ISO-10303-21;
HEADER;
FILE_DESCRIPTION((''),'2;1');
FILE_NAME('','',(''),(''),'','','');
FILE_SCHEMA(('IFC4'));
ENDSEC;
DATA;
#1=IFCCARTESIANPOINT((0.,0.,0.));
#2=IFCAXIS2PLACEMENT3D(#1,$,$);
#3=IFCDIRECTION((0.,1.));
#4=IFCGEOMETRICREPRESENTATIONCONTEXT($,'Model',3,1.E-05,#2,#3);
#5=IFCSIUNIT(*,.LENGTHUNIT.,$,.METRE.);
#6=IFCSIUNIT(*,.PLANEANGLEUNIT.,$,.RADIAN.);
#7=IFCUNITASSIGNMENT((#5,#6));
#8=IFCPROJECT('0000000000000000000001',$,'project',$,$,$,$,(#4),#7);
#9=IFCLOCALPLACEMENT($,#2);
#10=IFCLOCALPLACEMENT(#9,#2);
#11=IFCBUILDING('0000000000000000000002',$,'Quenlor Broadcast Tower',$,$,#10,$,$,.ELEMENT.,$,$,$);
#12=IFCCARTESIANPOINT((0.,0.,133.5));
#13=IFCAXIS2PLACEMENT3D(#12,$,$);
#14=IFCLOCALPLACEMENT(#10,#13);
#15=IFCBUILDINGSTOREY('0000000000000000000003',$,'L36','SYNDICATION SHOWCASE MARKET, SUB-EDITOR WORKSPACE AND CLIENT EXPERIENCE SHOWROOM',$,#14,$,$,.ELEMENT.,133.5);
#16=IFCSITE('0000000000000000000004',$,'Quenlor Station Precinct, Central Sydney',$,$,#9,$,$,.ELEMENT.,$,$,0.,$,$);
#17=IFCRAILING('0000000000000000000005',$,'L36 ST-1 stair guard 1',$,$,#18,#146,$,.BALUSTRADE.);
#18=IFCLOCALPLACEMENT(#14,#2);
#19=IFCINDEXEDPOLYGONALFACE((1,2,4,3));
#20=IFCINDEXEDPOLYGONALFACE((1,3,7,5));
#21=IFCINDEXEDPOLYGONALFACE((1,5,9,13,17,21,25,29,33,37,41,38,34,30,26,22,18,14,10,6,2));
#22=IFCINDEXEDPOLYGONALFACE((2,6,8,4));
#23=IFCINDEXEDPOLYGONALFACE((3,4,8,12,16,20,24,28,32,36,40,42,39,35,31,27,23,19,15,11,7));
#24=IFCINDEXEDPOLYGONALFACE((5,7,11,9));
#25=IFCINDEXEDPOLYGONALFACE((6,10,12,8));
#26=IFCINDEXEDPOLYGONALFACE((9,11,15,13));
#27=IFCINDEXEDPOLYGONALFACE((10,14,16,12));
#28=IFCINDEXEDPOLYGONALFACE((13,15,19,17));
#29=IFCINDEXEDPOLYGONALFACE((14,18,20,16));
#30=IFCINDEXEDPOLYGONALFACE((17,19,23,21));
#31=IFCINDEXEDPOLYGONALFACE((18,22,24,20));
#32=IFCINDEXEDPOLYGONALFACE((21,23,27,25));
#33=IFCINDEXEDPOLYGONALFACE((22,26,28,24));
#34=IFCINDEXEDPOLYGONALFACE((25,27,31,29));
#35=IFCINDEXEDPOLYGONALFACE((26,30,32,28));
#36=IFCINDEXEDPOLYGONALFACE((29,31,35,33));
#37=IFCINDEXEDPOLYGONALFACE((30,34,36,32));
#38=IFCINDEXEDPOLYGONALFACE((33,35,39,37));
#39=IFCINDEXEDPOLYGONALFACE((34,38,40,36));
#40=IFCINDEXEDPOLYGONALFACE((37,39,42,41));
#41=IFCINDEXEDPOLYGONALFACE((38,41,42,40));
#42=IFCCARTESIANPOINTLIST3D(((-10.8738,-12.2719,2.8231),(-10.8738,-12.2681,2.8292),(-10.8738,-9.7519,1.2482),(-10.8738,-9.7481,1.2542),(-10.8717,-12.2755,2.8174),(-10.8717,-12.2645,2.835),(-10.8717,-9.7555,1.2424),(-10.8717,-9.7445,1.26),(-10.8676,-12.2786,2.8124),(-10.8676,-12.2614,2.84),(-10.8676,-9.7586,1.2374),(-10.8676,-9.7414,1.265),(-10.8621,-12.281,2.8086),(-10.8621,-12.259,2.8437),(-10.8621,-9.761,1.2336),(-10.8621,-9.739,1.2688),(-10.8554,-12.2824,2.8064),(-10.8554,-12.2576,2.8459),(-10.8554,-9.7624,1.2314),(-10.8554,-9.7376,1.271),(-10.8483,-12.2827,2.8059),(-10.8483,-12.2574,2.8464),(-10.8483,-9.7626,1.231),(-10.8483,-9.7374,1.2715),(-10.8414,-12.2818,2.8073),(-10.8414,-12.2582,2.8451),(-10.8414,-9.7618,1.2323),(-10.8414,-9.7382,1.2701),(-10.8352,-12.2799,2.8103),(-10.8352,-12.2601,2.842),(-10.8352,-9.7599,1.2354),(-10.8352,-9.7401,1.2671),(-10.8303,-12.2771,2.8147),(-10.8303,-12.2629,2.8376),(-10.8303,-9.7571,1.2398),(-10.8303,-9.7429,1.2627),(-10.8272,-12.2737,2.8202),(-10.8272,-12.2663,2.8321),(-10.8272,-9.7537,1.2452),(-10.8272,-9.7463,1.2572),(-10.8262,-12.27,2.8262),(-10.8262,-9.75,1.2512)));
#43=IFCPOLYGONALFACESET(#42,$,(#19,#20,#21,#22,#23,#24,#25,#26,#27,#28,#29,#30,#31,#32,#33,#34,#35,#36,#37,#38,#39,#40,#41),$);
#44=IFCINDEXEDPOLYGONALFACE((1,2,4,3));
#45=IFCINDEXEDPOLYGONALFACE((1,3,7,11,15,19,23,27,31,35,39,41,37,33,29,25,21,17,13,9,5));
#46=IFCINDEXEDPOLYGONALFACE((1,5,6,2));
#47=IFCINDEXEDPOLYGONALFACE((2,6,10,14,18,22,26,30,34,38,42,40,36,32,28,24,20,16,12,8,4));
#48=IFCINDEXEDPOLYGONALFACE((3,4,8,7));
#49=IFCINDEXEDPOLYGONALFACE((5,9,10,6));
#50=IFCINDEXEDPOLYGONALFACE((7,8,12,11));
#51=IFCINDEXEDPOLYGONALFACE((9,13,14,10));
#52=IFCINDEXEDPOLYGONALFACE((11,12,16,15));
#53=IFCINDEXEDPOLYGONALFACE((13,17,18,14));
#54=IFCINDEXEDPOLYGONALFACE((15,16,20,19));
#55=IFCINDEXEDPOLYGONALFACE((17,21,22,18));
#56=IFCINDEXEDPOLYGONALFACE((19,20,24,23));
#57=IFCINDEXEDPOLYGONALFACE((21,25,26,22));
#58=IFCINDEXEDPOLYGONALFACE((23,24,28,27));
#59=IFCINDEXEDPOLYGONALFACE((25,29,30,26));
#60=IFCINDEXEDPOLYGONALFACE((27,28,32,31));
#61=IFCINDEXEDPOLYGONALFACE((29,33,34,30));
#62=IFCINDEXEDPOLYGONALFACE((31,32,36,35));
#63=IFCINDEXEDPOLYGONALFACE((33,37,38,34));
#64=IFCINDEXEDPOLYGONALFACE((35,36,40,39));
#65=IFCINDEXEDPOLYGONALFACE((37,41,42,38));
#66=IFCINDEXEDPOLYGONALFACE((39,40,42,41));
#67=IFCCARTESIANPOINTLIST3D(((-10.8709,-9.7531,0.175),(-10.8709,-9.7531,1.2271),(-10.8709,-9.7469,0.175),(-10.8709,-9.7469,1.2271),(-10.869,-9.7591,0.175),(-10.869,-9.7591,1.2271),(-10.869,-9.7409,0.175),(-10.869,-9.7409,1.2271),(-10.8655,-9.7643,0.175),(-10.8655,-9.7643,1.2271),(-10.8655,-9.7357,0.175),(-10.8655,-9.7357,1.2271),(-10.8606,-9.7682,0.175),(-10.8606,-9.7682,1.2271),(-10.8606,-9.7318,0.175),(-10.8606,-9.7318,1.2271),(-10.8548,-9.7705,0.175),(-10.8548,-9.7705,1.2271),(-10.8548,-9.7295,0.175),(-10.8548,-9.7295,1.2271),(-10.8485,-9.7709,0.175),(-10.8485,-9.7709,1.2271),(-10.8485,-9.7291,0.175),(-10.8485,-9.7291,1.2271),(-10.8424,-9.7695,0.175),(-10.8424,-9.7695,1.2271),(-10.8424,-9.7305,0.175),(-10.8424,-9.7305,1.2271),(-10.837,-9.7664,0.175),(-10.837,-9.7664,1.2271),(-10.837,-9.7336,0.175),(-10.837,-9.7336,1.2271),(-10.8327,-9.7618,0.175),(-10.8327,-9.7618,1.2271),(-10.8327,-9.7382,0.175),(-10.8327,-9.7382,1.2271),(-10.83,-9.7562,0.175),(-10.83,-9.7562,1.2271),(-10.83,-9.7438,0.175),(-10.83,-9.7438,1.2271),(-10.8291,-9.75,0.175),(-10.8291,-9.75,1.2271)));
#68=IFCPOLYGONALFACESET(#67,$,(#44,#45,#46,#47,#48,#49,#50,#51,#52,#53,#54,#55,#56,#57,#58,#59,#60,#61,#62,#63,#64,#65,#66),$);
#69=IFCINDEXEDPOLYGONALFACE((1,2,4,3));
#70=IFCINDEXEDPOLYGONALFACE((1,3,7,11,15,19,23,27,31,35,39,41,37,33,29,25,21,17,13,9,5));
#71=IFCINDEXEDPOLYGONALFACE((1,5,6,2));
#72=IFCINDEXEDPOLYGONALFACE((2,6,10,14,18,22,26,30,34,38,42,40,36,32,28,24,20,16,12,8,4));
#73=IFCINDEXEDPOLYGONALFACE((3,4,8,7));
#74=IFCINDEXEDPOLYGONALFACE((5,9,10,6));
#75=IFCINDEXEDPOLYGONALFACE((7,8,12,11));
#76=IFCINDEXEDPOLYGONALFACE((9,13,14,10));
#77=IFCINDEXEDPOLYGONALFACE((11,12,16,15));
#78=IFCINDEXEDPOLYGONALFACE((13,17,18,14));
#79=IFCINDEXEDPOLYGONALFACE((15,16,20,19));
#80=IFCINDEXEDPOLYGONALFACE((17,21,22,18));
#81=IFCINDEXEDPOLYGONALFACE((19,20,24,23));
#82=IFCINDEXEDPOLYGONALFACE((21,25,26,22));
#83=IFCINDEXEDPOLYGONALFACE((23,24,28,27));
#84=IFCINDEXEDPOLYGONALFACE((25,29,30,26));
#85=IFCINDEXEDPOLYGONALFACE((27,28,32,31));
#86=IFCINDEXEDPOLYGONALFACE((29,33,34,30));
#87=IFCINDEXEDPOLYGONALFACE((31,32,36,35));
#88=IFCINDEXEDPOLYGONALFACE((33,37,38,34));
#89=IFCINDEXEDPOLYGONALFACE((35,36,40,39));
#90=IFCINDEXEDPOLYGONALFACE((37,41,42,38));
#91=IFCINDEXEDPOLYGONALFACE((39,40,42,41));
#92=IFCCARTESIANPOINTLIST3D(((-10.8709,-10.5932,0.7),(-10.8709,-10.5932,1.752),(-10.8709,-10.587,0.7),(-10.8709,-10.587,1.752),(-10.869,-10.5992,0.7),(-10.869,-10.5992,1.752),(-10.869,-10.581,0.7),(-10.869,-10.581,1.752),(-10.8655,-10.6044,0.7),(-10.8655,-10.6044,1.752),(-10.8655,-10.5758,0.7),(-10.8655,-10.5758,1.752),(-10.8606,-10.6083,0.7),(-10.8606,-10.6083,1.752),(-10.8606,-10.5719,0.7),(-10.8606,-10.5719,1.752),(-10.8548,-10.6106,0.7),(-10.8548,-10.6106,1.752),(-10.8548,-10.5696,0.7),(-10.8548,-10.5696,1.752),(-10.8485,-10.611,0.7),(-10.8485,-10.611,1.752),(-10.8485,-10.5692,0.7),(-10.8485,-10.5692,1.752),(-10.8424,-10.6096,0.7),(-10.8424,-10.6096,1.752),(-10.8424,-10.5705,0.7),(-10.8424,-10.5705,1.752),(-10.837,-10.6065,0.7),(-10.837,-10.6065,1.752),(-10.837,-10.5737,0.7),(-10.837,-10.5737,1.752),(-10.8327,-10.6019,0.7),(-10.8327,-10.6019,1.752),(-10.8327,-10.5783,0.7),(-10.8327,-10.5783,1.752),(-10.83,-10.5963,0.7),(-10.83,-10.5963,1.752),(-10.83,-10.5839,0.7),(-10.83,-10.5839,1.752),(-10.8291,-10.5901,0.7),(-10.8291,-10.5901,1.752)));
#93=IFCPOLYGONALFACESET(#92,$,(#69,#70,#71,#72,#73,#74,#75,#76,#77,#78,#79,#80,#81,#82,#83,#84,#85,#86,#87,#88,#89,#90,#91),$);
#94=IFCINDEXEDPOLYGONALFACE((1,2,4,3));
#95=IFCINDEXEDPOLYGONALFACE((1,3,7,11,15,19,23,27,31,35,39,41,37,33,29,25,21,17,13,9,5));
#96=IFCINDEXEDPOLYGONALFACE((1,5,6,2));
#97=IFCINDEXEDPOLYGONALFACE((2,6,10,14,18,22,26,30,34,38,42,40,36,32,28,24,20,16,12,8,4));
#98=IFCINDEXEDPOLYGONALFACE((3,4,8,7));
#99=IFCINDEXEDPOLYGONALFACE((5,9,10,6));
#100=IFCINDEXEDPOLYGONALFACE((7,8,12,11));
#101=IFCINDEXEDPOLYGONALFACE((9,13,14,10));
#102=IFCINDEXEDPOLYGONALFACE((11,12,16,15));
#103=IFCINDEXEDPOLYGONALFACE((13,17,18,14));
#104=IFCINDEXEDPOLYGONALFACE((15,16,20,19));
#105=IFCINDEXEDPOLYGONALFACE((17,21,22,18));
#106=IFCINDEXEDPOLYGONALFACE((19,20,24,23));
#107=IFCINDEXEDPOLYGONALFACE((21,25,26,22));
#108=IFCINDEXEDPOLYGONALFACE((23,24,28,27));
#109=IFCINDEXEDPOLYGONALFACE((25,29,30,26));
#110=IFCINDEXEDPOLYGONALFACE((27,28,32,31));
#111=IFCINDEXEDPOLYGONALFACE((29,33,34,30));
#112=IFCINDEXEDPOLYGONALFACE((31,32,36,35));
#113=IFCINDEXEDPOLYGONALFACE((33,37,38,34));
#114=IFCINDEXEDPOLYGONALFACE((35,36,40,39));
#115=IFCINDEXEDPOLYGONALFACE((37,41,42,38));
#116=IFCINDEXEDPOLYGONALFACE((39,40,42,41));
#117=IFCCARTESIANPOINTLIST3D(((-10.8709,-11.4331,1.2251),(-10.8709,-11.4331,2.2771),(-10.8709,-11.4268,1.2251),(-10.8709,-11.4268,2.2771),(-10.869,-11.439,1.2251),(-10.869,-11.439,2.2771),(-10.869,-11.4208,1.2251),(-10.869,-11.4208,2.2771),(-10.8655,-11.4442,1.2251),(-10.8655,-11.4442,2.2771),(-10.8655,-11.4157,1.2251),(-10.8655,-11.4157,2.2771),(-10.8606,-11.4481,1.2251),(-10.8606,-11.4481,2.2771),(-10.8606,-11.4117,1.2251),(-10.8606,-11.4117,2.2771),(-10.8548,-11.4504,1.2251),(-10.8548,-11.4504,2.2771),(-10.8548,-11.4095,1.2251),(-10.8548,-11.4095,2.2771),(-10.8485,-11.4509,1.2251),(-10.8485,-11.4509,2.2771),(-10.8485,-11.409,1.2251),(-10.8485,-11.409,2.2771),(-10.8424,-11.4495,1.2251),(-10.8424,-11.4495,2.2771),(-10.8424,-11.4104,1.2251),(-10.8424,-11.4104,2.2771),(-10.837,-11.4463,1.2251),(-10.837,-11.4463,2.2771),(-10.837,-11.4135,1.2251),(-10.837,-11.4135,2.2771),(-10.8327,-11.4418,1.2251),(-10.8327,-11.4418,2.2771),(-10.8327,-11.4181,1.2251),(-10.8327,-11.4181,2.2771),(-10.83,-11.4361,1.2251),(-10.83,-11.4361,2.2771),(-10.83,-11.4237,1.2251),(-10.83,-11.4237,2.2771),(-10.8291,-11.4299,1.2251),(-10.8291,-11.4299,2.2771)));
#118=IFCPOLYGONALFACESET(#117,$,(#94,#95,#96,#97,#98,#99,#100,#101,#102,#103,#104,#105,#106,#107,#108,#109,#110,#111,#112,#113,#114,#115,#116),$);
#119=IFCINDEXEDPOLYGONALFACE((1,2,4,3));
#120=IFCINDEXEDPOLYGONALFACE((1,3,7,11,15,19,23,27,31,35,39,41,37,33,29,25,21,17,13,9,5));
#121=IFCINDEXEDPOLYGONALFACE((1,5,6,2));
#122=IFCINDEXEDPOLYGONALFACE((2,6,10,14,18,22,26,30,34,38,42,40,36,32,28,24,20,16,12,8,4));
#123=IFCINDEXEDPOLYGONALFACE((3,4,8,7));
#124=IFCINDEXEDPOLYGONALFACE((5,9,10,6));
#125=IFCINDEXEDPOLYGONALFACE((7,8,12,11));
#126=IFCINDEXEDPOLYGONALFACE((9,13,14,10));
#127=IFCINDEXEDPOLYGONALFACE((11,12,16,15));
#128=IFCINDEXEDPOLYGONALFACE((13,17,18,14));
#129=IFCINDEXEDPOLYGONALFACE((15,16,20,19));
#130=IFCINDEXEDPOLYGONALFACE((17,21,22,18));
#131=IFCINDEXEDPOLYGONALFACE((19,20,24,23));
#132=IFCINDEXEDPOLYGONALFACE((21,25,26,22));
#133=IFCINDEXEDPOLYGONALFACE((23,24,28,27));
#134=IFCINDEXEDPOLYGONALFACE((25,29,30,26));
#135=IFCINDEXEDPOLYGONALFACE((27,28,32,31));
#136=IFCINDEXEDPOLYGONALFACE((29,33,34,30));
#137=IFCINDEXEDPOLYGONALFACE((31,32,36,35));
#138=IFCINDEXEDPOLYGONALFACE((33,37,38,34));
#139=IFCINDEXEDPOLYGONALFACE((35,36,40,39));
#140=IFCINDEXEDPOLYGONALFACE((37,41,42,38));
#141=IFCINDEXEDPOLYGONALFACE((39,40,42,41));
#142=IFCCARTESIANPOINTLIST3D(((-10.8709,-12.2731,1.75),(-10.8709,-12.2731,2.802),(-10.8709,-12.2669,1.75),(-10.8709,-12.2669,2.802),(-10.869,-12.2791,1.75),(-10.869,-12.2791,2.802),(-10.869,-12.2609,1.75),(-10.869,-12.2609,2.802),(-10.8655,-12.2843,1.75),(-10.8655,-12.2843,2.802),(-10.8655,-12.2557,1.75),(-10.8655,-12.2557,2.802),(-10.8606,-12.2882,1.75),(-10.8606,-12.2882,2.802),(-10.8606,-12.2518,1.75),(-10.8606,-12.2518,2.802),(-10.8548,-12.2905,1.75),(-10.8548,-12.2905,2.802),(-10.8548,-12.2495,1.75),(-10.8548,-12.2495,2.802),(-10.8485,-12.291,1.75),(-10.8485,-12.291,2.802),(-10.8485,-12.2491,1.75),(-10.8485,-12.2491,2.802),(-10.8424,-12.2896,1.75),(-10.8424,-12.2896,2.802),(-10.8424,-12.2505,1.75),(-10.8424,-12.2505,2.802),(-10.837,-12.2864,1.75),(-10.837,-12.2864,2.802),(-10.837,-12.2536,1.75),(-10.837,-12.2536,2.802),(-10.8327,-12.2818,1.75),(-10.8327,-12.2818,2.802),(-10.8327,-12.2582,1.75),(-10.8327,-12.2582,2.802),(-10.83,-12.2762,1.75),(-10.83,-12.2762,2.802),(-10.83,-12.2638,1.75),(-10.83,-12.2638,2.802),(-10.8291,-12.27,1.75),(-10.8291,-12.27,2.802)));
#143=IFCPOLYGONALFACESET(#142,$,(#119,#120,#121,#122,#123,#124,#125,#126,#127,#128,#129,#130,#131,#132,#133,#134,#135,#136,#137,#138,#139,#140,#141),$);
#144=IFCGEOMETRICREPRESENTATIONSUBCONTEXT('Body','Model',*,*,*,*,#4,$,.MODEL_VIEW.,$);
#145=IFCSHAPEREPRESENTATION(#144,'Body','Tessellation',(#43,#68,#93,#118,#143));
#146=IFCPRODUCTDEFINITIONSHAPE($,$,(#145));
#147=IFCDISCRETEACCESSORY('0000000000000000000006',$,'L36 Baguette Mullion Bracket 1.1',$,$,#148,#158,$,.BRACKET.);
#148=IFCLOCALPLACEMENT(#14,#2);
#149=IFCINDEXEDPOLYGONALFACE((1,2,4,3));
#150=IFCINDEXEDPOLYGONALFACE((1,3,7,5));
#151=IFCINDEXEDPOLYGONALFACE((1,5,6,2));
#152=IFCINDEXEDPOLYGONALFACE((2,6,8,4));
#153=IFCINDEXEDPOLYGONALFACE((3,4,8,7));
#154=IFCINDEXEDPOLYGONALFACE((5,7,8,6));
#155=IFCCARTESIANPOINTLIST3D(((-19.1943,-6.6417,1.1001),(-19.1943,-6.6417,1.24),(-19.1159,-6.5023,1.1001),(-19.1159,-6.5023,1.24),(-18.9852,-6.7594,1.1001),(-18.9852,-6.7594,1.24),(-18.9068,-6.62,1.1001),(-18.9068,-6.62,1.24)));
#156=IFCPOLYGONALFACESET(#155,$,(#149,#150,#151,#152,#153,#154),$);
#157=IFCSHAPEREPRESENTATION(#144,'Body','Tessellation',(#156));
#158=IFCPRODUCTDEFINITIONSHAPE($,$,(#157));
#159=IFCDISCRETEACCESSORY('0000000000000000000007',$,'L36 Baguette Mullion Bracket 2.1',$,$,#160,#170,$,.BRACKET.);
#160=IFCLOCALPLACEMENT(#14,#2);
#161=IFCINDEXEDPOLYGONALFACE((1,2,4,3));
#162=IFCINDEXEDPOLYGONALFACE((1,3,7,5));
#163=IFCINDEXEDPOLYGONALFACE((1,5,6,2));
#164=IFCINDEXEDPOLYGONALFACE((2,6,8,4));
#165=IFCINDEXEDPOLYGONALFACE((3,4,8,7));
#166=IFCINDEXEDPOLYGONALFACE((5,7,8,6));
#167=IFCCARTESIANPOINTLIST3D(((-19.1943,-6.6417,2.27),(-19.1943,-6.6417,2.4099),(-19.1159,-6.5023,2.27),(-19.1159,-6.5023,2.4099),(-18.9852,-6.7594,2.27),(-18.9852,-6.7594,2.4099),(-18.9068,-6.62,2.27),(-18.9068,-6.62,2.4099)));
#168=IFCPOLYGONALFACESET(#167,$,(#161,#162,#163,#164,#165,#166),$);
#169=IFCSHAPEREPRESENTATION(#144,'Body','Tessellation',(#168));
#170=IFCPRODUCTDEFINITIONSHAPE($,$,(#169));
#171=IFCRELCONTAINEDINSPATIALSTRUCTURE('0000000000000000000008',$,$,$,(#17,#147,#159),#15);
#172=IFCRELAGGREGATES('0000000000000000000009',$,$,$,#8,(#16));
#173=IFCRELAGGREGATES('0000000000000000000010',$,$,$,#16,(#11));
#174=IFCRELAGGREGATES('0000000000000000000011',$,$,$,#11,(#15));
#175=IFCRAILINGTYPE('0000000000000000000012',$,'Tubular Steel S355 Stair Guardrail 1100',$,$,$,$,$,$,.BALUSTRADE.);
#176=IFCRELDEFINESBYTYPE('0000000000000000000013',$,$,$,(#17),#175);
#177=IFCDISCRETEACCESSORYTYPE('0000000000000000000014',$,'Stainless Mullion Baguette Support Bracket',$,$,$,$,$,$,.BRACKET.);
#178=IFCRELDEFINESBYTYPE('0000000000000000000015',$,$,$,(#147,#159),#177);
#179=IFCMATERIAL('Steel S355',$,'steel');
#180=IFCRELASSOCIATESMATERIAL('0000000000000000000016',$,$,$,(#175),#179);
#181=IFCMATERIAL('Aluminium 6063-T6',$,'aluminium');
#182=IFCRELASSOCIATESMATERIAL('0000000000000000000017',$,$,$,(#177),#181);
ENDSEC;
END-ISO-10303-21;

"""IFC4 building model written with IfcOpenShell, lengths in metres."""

from ifc_helpers import new_model, si_unit, direction, frame, origin, origin_2d, place, context, subcontext, project, spatial, rectangle, circle, extrude, material, type_object, element, save


model = new_model("IFC4")

# Units and contexts
model_context = context("Model", 3, precision=1e-05, world=origin(), true_north=direction((0.0, 1.0)))
body_context = subcontext(model_context, "Body", "Model", "MODEL_VIEW")
ifc_project = project(units=[si_unit("LENGTHUNIT", "METRE"), si_unit("PLANEANGLEUNIT", "RADIAN")], contexts=[model_context])

# Site, building, storey
site_placement = place(None, origin())
site = spatial("IfcSite", under=ifc_project, at=site_placement, Name="Quenlor Station Precinct, Central Sydney", CompositionType="ELEMENT", RefElevation=0.0)
building_placement = place(site_placement, origin())
building = spatial("IfcBuilding", under=site, at=building_placement, Name="Quenlor Broadcast Tower", CompositionType="ELEMENT")
storey_placement = place(building_placement, frame((0.0, 0.0, 133.5)))
storey = spatial("IfcBuildingStorey", under=building, at=storey_placement, Name="L36", Description="SYNDICATION SHOWCASE MARKET, SUB-EDITOR WORKSPACE AND CLIENT EXPERIENCE SHOWROOM", CompositionType="ELEMENT", Elevation=133.5)

# Railing
ifc_material_1 = material(Name="Steel S355", Category="steel")
railing_type_1 = type_object("IfcRailingType", Name="Tubular Steel S355 Stair Guardrail 1100", PredefinedType="BALUSTRADE", material=ifc_material_1)
railing_1_placement = place(storey_placement, frame((-10.8501, -9.75, 0.175)))
element("IfcRailing", 1, at=railing_1_placement, inside=storey, type_object=railing_type_1, Name="L36 ST-1 stair guard 1", PredefinedType="BALUSTRADE", context=body_context, shape_type="SweptSolid", body=[
    extrude(circle(Radius=0.0239, at=origin_2d()), frame((0.0, 0.0, 1.0762), z_axis=(0.0, -0.848008, 0.529984), x_axis=(1.0, 0.0, 0.0)), (0.0, 0.0, 1.0), 2.9717),
    extrude(circle(Radius=0.021, at=origin_2d()), origin(), (0.0, 0.0, 1.0), 1.052),
    extrude(circle(Radius=0.021, at=origin_2d()), frame((0.0, -0.8401, 0.5249)), (0.0, 0.0, 1.0), 1.052),
    extrude(circle(Radius=0.021, at=origin_2d()), frame((0.0, -1.6799, 1.05)), (0.0, 0.0, 1.0), 1.052),
    extrude(circle(Radius=0.021, at=origin_2d()), frame((0.0, -2.52, 1.575)), (0.0, 0.0, 1.0), 1.052),
])

# Discrete accessories
ifc_material_2 = material(Name="Aluminium 6063-T6", Category="aluminium")
discrete_accessory_type = type_object("IfcDiscreteAccessoryType", Name="Stainless Mullion Baguette Support Bracket", PredefinedType="BRACKET", material=ifc_material_2)
for number, where, z_axis, x_axis, name in (
    (2, (-19.0505, -6.6309, 1.1001), (0.0, 0.0, 1.0), (0.490259, 0.871577, 0.0), "L36 Baguette Mullion Bracket 1.1"),
    (3, (-19.0505, -6.6309, 2.27), (0.0, 0.0, 1.0), (0.490259, 0.871577, 0.0), "L36 Baguette Mullion Bracket 2.1"),
):
    element("IfcDiscreteAccessory", number, at=place(storey_placement, frame(where, z_axis=z_axis, x_axis=x_axis)), inside=storey, type_object=discrete_accessory_type, Name=name, PredefinedType="BRACKET", context=body_context, shape_type="SweptSolid", body=[
        extrude(rectangle(XDim=0.1599, YDim=0.24, at=origin_2d()), origin(), (0.0, 0.0, 1.0), 0.1399),
    ])

save(model, "model.ifc")
